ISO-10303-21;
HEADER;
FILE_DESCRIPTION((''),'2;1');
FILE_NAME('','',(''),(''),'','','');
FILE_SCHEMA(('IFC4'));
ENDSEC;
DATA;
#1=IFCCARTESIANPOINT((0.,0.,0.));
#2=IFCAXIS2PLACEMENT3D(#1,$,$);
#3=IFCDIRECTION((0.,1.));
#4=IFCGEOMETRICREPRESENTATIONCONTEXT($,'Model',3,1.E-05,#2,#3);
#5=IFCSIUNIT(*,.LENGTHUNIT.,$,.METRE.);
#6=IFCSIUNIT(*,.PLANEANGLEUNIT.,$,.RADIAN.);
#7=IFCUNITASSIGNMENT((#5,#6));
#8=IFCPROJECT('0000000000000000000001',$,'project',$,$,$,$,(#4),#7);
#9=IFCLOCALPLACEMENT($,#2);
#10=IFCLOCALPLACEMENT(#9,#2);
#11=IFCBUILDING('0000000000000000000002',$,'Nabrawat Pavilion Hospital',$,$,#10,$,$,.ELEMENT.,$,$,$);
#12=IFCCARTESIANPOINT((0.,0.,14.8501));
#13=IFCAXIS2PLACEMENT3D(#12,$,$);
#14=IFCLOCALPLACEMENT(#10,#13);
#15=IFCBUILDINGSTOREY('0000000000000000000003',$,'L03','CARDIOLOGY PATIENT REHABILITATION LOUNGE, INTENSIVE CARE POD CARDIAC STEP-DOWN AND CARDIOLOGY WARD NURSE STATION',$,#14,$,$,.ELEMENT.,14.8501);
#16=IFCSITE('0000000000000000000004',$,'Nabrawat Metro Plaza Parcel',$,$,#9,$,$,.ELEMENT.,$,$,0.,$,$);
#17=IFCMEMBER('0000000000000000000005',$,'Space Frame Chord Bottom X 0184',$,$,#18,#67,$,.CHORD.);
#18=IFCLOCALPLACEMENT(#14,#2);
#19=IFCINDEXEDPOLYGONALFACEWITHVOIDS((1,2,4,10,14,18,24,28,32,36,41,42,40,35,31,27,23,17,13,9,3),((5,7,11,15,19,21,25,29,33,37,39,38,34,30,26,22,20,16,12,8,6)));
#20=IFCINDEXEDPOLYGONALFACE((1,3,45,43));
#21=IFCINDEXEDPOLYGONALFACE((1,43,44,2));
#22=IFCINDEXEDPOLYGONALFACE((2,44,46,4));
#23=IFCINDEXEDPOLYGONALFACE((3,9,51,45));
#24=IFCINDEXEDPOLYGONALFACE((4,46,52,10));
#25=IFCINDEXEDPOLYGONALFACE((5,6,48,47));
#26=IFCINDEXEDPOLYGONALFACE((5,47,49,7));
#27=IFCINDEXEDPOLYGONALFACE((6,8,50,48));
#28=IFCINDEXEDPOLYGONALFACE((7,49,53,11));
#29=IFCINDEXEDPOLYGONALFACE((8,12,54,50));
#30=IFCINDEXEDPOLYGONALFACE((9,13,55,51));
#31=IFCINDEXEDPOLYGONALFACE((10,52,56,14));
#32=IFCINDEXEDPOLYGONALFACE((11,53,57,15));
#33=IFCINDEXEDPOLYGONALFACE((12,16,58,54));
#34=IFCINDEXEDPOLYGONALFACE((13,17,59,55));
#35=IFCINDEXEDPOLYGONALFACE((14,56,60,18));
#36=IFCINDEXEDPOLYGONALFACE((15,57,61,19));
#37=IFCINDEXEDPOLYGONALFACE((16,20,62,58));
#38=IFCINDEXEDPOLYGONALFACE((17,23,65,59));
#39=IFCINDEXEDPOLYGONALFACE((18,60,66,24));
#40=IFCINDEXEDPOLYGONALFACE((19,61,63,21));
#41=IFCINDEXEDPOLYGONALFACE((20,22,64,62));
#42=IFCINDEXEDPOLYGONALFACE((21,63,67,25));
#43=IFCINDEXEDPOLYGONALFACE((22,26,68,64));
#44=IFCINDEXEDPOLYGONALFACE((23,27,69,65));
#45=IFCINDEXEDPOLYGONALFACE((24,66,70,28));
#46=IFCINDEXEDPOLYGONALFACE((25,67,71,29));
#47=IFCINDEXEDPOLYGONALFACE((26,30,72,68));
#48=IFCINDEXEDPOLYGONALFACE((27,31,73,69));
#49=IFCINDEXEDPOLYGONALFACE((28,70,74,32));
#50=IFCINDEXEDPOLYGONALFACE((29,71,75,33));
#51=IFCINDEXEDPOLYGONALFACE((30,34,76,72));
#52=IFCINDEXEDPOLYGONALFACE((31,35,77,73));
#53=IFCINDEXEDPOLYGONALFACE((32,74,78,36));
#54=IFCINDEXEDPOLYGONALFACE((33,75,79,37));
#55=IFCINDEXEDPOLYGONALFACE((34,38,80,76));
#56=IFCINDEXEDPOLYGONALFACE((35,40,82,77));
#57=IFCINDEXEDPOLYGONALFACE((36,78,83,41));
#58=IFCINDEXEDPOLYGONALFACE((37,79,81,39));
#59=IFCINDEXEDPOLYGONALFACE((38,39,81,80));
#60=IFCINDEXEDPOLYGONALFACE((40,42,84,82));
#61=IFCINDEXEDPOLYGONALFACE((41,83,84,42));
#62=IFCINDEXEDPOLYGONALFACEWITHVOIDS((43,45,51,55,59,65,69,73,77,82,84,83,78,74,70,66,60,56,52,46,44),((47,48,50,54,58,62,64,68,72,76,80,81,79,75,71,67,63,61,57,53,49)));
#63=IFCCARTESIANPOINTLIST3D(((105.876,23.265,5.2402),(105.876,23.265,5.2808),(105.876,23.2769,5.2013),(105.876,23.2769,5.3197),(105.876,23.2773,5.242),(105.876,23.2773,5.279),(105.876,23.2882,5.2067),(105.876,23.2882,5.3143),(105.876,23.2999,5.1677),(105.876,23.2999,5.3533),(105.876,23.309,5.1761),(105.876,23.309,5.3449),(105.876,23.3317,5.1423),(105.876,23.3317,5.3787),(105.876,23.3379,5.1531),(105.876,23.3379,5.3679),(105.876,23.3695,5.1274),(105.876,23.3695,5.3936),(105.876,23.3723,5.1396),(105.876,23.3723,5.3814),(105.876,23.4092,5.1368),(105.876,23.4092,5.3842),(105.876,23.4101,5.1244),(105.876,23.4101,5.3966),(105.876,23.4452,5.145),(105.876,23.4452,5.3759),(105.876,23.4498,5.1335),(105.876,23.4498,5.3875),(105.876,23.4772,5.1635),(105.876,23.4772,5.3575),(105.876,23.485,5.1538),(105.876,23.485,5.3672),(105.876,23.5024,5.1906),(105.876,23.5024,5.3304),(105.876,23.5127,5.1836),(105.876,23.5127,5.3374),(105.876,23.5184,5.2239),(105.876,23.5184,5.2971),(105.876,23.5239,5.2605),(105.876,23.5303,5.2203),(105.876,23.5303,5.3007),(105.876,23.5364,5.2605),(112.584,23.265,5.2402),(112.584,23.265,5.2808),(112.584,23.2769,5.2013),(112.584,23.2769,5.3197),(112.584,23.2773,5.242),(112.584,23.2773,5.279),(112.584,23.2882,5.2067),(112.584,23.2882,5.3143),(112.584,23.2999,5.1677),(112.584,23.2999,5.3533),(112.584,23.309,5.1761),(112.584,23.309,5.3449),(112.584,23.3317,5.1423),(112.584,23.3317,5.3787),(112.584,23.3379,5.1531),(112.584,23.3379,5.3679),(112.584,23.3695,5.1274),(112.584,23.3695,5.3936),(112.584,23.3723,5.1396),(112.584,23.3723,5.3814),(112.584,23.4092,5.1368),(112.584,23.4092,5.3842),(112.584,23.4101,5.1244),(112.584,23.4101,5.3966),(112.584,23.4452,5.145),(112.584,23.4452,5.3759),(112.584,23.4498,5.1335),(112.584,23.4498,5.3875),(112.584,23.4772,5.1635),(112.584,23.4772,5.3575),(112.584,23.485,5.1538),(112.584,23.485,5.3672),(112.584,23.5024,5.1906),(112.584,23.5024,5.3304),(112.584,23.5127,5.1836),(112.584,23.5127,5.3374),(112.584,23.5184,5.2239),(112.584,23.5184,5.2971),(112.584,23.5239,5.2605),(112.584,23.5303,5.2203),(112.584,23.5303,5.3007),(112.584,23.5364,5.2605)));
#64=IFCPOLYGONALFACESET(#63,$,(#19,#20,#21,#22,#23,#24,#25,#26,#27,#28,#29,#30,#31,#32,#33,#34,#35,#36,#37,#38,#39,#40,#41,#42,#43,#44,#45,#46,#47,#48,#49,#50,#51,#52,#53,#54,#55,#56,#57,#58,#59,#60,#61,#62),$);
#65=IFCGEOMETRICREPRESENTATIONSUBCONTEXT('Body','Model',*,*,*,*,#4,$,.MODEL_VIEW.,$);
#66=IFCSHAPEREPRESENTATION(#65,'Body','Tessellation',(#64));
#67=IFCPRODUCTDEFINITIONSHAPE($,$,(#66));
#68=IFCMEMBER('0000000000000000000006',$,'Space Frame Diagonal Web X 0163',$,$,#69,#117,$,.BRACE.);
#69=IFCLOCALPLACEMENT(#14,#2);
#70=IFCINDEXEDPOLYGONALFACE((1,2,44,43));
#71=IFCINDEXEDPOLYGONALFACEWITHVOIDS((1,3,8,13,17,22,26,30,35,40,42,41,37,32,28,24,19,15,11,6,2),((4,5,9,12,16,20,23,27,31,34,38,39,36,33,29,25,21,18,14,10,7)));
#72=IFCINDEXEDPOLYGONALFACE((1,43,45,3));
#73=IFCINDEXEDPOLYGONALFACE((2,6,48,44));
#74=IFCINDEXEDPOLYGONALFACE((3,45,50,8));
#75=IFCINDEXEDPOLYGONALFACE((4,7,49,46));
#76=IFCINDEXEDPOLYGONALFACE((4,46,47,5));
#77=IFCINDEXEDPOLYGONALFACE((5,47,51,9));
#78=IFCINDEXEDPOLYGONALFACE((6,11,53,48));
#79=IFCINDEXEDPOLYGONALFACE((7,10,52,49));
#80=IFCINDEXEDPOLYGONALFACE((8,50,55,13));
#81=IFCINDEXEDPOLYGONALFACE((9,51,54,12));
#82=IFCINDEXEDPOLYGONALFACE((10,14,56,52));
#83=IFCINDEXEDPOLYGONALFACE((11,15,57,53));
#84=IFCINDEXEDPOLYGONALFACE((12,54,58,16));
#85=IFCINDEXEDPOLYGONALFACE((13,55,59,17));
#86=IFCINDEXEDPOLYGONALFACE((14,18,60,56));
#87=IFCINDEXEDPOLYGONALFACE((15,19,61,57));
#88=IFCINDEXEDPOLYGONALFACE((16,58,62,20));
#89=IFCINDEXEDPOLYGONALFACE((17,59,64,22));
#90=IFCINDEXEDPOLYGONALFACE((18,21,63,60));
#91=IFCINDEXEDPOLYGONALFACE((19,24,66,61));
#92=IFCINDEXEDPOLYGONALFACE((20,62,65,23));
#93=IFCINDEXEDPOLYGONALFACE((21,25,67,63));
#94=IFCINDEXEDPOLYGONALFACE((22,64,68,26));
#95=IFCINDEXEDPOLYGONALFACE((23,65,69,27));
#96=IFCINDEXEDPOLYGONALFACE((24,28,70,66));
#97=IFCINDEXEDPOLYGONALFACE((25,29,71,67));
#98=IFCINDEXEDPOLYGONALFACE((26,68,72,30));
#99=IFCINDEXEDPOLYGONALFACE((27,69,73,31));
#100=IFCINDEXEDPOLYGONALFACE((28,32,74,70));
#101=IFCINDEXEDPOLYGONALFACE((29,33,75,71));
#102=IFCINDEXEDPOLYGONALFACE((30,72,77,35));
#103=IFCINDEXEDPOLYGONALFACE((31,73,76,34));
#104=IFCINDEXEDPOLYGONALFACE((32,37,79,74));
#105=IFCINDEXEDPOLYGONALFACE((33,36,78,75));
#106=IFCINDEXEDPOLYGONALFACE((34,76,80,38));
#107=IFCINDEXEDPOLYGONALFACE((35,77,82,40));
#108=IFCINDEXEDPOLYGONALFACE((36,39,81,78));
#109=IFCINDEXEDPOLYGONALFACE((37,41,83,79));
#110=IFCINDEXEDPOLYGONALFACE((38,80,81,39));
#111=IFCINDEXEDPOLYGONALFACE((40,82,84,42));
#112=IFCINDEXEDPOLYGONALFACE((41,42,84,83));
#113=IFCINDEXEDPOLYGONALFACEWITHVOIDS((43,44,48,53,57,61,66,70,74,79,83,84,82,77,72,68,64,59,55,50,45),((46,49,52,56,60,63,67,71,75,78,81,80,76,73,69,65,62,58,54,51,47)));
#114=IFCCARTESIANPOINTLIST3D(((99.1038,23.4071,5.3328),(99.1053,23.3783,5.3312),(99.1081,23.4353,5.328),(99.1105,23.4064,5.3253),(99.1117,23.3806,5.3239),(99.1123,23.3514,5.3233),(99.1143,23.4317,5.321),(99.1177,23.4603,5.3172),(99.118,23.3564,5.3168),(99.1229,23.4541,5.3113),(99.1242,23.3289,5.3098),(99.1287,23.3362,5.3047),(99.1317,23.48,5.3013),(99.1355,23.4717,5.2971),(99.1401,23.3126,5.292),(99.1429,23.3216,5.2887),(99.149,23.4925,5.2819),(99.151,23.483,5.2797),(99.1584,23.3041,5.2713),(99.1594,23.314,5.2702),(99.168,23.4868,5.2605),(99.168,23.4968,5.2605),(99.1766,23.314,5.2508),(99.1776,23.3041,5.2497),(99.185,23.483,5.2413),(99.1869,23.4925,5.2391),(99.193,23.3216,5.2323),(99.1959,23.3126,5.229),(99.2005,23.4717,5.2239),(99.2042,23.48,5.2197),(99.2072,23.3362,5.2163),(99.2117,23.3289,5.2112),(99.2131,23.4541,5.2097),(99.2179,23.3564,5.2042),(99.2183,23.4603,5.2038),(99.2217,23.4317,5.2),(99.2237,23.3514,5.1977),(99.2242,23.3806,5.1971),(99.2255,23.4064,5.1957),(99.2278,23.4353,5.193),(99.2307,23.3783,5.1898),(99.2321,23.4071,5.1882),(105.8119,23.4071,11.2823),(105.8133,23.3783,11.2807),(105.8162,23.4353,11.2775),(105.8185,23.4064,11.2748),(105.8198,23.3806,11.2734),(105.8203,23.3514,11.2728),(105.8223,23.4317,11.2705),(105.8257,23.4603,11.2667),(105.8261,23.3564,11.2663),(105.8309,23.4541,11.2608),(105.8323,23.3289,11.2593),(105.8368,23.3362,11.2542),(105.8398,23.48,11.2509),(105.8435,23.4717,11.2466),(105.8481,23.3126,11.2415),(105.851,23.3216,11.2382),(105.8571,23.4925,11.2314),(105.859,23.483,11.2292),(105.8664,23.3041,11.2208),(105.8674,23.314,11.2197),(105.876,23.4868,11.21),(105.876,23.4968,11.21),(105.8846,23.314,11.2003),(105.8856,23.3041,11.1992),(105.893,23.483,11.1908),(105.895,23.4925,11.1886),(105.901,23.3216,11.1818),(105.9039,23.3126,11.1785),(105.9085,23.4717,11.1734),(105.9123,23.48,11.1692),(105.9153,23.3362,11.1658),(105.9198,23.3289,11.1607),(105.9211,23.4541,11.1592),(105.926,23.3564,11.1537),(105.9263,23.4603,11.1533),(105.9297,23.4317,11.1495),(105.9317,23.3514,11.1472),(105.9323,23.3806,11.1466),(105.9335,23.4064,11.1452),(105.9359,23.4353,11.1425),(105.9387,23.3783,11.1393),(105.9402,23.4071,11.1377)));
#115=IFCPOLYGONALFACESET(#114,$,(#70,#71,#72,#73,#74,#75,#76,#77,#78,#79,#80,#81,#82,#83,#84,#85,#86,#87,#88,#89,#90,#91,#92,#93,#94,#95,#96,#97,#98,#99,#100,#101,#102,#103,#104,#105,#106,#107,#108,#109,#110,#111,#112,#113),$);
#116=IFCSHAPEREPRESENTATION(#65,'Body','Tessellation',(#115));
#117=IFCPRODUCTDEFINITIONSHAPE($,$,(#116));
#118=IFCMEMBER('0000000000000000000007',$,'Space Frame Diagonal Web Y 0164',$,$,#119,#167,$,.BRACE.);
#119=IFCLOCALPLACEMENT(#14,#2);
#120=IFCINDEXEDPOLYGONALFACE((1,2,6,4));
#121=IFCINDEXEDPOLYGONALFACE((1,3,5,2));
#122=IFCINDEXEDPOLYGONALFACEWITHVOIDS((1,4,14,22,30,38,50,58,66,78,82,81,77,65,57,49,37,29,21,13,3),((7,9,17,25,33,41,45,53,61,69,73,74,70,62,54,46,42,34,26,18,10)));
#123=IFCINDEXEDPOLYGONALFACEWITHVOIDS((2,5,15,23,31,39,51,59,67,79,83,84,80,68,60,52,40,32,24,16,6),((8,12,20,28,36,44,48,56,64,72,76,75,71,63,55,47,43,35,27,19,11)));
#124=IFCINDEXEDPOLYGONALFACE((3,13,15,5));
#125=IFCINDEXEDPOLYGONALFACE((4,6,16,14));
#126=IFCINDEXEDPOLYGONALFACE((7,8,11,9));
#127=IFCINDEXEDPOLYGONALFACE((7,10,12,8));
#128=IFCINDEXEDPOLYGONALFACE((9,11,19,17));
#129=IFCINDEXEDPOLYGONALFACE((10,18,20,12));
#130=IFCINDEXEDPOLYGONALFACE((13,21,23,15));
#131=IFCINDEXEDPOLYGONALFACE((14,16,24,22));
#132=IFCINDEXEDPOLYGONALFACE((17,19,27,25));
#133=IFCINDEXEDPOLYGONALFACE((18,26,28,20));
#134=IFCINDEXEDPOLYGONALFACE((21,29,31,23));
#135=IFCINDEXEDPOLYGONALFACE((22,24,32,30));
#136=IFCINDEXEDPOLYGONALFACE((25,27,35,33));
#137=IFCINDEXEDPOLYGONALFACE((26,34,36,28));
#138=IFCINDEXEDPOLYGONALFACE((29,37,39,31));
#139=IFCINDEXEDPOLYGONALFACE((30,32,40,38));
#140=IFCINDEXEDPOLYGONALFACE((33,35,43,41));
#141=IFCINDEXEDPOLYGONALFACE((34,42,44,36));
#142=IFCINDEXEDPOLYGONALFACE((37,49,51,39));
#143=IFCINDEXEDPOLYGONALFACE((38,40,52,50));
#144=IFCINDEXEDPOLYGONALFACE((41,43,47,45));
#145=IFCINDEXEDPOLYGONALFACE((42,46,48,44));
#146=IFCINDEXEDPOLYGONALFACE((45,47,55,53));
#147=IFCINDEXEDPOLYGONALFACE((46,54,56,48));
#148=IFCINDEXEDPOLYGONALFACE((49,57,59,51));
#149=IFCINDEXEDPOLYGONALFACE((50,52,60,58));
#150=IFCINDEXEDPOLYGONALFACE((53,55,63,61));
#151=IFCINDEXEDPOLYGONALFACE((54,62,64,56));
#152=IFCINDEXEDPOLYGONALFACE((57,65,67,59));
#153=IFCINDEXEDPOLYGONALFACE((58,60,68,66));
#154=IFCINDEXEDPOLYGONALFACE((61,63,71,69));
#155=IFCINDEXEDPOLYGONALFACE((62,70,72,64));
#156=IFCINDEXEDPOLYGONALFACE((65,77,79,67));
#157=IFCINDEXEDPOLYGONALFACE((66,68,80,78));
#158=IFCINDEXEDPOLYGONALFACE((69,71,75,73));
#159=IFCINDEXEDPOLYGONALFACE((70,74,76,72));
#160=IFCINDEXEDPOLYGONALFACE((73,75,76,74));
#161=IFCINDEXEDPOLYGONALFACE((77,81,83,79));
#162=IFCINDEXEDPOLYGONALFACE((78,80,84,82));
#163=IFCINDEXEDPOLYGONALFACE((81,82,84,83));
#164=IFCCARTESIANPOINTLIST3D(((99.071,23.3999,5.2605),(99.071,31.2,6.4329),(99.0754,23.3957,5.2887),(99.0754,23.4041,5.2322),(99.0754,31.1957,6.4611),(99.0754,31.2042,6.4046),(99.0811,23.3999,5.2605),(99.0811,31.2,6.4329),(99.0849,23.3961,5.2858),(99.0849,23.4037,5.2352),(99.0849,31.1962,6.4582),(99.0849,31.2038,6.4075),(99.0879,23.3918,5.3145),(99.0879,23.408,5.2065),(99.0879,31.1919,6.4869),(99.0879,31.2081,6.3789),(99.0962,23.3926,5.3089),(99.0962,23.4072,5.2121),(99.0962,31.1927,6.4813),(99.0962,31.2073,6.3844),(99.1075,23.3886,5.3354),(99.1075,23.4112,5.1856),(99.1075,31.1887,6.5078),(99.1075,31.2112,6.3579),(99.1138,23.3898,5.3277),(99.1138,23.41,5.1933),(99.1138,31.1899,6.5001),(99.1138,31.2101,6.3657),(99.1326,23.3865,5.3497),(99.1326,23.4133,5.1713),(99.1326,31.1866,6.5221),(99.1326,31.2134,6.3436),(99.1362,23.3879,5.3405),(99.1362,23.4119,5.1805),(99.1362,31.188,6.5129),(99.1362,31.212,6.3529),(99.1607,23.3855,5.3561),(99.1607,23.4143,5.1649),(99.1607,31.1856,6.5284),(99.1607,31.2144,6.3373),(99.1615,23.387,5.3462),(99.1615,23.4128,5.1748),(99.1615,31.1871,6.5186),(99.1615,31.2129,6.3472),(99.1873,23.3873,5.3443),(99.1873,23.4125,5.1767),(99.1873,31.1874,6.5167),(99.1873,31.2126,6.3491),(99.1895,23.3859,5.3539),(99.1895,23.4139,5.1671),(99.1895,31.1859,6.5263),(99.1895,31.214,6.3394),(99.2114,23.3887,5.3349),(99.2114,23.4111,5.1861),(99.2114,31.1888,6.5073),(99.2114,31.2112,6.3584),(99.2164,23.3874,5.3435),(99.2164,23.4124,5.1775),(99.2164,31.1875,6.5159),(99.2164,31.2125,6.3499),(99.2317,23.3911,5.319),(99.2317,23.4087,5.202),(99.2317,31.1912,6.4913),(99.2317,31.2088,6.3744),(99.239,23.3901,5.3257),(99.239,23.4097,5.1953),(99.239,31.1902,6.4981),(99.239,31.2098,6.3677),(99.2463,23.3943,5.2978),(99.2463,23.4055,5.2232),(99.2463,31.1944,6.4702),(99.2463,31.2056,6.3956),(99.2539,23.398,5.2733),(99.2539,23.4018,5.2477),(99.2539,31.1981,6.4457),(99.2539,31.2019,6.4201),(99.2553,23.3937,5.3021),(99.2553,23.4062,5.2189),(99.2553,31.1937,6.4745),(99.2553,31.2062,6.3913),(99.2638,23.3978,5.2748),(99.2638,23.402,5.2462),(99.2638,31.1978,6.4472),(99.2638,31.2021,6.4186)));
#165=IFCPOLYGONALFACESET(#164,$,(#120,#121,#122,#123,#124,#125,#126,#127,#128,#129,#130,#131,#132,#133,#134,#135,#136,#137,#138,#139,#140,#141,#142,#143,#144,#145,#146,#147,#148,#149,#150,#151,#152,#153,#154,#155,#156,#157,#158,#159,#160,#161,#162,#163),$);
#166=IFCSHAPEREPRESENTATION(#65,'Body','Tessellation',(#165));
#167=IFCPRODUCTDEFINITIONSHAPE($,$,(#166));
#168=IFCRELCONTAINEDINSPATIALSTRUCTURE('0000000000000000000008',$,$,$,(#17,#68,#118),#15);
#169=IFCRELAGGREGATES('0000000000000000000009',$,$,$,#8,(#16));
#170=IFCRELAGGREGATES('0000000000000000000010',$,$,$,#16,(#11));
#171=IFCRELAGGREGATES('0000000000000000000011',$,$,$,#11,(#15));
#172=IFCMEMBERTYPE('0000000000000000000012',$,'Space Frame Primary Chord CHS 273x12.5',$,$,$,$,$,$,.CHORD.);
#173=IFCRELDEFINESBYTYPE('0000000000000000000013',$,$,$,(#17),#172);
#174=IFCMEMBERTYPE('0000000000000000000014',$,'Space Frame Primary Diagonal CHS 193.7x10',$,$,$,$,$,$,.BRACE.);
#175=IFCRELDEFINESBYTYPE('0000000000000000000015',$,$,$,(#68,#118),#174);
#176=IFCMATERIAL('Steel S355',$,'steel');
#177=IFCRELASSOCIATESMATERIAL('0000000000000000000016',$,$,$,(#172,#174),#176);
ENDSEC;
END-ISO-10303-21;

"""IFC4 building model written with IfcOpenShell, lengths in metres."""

from ifc_helpers import new_model, si_unit, direction, frame, origin, origin_2d, place, context, subcontext, project, spatial, hollow_circle, extrude, material, material_profile, profile_set, type_object, element, save


model = new_model("IFC4")

# Units and contexts
model_context = context("Model", 3, precision=1e-05, world=origin(), true_north=direction((0.0, 1.0)))
body_context = subcontext(model_context, "Body", "Model", "MODEL_VIEW")
ifc_project = project(units=[si_unit("LENGTHUNIT", "METRE"), si_unit("PLANEANGLEUNIT", "RADIAN")], contexts=[model_context])

# Site, building, storey
site_placement = place(None, origin())
site = spatial("IfcSite", under=ifc_project, at=site_placement, Name="Nabrawat Metro Plaza Parcel", CompositionType="ELEMENT", RefElevation=0.0)
building_placement = place(site_placement, origin())
building = spatial("IfcBuilding", under=site, at=building_placement, Name="Nabrawat Pavilion Hospital", CompositionType="ELEMENT")
storey_placement = place(building_placement, frame((0.0, 0.0, 14.8501)))
storey = spatial("IfcBuildingStorey", under=building, at=storey_placement, Name="L03", Description="CARDIOLOGY PATIENT REHABILITATION LOUNGE, INTENSIVE CARE POD CARDIAC STEP-DOWN AND CARDIOLOGY WARD NURSE STATION", CompositionType="ELEMENT", Elevation=14.8501)

# Shared definitions
ifc_material = material(Name="Steel S355", Category="steel")

# Members
ifc_material_profile_1 = material_profile(ifc_material, hollow_circle(Radius=0.1365, WallThickness=0.0125, at=origin_2d()), Name="CHS 273x12.5")
ifc_profile_set_1 = profile_set([ifc_material_profile_1], Name="Steel S355")
member_type_1 = type_object("IfcMemberType", Name="Space Frame Primary Chord CHS 273x12.5", PredefinedType="CHORD", material=ifc_profile_set_1)
for number, where, z_axis, x_axis, name in (
    (1, (105.876, 23.3999, 5.2605), (1.0, 0.0, 0.0), (0.0, 1.0, 0.0), "Space Frame Chord Bottom X 0184"),
):
    element("IfcMember", number, at=place(storey_placement, frame(where, z_axis=z_axis, x_axis=x_axis)), inside=storey, type_object=member_type_1, Name=name, PredefinedType="CHORD", context=body_context, shape_type="SweptSolid", body=[
        extrude(hollow_circle(Radius=0.1365, WallThickness=0.0125, at=origin_2d()), origin(), (0.0, 0.0, 1.0), 6.708),
    ])
ifc_material_profile_2 = material_profile(ifc_material, hollow_circle(Radius=0.0969, WallThickness=0.01, at=origin_2d()), Name="CHS 193.7x10")
ifc_profile_set_2 = profile_set([ifc_material_profile_2], Name="Steel S355")
member_type_2 = type_object("IfcMemberType", Name="Space Frame Primary Diagonal CHS 193.7x10", PredefinedType="BRACE", material=ifc_profile_set_2)
member_1_placement = place(storey_placement, frame((99.168, 23.3999, 5.2605), z_axis=(0.74814, 0.0, 0.66354), x_axis=(0.0, 1.0, 0.0)))
element("IfcMember", 2, at=member_1_placement, inside=storey, type_object=member_type_2, Name="Space Frame Diagonal Web X 0163", PredefinedType="BRACE", context=body_context, shape_type="SweptSolid", body=[
    extrude(hollow_circle(Radius=0.0969, WallThickness=0.01, at=origin_2d()), origin(), (0.0, 0.0, 1.0), 8.9663),
])
member_2_placement = place(storey_placement, frame((99.168, 23.3999, 5.2605), z_axis=(0.0, 0.988892, 0.148633), x_axis=(-1.0, 0.0, 0.0)))
element("IfcMember", 3, at=member_2_placement, inside=storey, type_object=member_type_2, Name="Space Frame Diagonal Web Y 0164", PredefinedType="BRACE", context=body_context, shape_type="SweptSolid", body=[
    extrude(hollow_circle(Radius=0.0969, WallThickness=0.01, at=origin_2d()), origin(), (0.0, 0.0, 1.0), 7.8877),
])

save(model, "model.ifc")
